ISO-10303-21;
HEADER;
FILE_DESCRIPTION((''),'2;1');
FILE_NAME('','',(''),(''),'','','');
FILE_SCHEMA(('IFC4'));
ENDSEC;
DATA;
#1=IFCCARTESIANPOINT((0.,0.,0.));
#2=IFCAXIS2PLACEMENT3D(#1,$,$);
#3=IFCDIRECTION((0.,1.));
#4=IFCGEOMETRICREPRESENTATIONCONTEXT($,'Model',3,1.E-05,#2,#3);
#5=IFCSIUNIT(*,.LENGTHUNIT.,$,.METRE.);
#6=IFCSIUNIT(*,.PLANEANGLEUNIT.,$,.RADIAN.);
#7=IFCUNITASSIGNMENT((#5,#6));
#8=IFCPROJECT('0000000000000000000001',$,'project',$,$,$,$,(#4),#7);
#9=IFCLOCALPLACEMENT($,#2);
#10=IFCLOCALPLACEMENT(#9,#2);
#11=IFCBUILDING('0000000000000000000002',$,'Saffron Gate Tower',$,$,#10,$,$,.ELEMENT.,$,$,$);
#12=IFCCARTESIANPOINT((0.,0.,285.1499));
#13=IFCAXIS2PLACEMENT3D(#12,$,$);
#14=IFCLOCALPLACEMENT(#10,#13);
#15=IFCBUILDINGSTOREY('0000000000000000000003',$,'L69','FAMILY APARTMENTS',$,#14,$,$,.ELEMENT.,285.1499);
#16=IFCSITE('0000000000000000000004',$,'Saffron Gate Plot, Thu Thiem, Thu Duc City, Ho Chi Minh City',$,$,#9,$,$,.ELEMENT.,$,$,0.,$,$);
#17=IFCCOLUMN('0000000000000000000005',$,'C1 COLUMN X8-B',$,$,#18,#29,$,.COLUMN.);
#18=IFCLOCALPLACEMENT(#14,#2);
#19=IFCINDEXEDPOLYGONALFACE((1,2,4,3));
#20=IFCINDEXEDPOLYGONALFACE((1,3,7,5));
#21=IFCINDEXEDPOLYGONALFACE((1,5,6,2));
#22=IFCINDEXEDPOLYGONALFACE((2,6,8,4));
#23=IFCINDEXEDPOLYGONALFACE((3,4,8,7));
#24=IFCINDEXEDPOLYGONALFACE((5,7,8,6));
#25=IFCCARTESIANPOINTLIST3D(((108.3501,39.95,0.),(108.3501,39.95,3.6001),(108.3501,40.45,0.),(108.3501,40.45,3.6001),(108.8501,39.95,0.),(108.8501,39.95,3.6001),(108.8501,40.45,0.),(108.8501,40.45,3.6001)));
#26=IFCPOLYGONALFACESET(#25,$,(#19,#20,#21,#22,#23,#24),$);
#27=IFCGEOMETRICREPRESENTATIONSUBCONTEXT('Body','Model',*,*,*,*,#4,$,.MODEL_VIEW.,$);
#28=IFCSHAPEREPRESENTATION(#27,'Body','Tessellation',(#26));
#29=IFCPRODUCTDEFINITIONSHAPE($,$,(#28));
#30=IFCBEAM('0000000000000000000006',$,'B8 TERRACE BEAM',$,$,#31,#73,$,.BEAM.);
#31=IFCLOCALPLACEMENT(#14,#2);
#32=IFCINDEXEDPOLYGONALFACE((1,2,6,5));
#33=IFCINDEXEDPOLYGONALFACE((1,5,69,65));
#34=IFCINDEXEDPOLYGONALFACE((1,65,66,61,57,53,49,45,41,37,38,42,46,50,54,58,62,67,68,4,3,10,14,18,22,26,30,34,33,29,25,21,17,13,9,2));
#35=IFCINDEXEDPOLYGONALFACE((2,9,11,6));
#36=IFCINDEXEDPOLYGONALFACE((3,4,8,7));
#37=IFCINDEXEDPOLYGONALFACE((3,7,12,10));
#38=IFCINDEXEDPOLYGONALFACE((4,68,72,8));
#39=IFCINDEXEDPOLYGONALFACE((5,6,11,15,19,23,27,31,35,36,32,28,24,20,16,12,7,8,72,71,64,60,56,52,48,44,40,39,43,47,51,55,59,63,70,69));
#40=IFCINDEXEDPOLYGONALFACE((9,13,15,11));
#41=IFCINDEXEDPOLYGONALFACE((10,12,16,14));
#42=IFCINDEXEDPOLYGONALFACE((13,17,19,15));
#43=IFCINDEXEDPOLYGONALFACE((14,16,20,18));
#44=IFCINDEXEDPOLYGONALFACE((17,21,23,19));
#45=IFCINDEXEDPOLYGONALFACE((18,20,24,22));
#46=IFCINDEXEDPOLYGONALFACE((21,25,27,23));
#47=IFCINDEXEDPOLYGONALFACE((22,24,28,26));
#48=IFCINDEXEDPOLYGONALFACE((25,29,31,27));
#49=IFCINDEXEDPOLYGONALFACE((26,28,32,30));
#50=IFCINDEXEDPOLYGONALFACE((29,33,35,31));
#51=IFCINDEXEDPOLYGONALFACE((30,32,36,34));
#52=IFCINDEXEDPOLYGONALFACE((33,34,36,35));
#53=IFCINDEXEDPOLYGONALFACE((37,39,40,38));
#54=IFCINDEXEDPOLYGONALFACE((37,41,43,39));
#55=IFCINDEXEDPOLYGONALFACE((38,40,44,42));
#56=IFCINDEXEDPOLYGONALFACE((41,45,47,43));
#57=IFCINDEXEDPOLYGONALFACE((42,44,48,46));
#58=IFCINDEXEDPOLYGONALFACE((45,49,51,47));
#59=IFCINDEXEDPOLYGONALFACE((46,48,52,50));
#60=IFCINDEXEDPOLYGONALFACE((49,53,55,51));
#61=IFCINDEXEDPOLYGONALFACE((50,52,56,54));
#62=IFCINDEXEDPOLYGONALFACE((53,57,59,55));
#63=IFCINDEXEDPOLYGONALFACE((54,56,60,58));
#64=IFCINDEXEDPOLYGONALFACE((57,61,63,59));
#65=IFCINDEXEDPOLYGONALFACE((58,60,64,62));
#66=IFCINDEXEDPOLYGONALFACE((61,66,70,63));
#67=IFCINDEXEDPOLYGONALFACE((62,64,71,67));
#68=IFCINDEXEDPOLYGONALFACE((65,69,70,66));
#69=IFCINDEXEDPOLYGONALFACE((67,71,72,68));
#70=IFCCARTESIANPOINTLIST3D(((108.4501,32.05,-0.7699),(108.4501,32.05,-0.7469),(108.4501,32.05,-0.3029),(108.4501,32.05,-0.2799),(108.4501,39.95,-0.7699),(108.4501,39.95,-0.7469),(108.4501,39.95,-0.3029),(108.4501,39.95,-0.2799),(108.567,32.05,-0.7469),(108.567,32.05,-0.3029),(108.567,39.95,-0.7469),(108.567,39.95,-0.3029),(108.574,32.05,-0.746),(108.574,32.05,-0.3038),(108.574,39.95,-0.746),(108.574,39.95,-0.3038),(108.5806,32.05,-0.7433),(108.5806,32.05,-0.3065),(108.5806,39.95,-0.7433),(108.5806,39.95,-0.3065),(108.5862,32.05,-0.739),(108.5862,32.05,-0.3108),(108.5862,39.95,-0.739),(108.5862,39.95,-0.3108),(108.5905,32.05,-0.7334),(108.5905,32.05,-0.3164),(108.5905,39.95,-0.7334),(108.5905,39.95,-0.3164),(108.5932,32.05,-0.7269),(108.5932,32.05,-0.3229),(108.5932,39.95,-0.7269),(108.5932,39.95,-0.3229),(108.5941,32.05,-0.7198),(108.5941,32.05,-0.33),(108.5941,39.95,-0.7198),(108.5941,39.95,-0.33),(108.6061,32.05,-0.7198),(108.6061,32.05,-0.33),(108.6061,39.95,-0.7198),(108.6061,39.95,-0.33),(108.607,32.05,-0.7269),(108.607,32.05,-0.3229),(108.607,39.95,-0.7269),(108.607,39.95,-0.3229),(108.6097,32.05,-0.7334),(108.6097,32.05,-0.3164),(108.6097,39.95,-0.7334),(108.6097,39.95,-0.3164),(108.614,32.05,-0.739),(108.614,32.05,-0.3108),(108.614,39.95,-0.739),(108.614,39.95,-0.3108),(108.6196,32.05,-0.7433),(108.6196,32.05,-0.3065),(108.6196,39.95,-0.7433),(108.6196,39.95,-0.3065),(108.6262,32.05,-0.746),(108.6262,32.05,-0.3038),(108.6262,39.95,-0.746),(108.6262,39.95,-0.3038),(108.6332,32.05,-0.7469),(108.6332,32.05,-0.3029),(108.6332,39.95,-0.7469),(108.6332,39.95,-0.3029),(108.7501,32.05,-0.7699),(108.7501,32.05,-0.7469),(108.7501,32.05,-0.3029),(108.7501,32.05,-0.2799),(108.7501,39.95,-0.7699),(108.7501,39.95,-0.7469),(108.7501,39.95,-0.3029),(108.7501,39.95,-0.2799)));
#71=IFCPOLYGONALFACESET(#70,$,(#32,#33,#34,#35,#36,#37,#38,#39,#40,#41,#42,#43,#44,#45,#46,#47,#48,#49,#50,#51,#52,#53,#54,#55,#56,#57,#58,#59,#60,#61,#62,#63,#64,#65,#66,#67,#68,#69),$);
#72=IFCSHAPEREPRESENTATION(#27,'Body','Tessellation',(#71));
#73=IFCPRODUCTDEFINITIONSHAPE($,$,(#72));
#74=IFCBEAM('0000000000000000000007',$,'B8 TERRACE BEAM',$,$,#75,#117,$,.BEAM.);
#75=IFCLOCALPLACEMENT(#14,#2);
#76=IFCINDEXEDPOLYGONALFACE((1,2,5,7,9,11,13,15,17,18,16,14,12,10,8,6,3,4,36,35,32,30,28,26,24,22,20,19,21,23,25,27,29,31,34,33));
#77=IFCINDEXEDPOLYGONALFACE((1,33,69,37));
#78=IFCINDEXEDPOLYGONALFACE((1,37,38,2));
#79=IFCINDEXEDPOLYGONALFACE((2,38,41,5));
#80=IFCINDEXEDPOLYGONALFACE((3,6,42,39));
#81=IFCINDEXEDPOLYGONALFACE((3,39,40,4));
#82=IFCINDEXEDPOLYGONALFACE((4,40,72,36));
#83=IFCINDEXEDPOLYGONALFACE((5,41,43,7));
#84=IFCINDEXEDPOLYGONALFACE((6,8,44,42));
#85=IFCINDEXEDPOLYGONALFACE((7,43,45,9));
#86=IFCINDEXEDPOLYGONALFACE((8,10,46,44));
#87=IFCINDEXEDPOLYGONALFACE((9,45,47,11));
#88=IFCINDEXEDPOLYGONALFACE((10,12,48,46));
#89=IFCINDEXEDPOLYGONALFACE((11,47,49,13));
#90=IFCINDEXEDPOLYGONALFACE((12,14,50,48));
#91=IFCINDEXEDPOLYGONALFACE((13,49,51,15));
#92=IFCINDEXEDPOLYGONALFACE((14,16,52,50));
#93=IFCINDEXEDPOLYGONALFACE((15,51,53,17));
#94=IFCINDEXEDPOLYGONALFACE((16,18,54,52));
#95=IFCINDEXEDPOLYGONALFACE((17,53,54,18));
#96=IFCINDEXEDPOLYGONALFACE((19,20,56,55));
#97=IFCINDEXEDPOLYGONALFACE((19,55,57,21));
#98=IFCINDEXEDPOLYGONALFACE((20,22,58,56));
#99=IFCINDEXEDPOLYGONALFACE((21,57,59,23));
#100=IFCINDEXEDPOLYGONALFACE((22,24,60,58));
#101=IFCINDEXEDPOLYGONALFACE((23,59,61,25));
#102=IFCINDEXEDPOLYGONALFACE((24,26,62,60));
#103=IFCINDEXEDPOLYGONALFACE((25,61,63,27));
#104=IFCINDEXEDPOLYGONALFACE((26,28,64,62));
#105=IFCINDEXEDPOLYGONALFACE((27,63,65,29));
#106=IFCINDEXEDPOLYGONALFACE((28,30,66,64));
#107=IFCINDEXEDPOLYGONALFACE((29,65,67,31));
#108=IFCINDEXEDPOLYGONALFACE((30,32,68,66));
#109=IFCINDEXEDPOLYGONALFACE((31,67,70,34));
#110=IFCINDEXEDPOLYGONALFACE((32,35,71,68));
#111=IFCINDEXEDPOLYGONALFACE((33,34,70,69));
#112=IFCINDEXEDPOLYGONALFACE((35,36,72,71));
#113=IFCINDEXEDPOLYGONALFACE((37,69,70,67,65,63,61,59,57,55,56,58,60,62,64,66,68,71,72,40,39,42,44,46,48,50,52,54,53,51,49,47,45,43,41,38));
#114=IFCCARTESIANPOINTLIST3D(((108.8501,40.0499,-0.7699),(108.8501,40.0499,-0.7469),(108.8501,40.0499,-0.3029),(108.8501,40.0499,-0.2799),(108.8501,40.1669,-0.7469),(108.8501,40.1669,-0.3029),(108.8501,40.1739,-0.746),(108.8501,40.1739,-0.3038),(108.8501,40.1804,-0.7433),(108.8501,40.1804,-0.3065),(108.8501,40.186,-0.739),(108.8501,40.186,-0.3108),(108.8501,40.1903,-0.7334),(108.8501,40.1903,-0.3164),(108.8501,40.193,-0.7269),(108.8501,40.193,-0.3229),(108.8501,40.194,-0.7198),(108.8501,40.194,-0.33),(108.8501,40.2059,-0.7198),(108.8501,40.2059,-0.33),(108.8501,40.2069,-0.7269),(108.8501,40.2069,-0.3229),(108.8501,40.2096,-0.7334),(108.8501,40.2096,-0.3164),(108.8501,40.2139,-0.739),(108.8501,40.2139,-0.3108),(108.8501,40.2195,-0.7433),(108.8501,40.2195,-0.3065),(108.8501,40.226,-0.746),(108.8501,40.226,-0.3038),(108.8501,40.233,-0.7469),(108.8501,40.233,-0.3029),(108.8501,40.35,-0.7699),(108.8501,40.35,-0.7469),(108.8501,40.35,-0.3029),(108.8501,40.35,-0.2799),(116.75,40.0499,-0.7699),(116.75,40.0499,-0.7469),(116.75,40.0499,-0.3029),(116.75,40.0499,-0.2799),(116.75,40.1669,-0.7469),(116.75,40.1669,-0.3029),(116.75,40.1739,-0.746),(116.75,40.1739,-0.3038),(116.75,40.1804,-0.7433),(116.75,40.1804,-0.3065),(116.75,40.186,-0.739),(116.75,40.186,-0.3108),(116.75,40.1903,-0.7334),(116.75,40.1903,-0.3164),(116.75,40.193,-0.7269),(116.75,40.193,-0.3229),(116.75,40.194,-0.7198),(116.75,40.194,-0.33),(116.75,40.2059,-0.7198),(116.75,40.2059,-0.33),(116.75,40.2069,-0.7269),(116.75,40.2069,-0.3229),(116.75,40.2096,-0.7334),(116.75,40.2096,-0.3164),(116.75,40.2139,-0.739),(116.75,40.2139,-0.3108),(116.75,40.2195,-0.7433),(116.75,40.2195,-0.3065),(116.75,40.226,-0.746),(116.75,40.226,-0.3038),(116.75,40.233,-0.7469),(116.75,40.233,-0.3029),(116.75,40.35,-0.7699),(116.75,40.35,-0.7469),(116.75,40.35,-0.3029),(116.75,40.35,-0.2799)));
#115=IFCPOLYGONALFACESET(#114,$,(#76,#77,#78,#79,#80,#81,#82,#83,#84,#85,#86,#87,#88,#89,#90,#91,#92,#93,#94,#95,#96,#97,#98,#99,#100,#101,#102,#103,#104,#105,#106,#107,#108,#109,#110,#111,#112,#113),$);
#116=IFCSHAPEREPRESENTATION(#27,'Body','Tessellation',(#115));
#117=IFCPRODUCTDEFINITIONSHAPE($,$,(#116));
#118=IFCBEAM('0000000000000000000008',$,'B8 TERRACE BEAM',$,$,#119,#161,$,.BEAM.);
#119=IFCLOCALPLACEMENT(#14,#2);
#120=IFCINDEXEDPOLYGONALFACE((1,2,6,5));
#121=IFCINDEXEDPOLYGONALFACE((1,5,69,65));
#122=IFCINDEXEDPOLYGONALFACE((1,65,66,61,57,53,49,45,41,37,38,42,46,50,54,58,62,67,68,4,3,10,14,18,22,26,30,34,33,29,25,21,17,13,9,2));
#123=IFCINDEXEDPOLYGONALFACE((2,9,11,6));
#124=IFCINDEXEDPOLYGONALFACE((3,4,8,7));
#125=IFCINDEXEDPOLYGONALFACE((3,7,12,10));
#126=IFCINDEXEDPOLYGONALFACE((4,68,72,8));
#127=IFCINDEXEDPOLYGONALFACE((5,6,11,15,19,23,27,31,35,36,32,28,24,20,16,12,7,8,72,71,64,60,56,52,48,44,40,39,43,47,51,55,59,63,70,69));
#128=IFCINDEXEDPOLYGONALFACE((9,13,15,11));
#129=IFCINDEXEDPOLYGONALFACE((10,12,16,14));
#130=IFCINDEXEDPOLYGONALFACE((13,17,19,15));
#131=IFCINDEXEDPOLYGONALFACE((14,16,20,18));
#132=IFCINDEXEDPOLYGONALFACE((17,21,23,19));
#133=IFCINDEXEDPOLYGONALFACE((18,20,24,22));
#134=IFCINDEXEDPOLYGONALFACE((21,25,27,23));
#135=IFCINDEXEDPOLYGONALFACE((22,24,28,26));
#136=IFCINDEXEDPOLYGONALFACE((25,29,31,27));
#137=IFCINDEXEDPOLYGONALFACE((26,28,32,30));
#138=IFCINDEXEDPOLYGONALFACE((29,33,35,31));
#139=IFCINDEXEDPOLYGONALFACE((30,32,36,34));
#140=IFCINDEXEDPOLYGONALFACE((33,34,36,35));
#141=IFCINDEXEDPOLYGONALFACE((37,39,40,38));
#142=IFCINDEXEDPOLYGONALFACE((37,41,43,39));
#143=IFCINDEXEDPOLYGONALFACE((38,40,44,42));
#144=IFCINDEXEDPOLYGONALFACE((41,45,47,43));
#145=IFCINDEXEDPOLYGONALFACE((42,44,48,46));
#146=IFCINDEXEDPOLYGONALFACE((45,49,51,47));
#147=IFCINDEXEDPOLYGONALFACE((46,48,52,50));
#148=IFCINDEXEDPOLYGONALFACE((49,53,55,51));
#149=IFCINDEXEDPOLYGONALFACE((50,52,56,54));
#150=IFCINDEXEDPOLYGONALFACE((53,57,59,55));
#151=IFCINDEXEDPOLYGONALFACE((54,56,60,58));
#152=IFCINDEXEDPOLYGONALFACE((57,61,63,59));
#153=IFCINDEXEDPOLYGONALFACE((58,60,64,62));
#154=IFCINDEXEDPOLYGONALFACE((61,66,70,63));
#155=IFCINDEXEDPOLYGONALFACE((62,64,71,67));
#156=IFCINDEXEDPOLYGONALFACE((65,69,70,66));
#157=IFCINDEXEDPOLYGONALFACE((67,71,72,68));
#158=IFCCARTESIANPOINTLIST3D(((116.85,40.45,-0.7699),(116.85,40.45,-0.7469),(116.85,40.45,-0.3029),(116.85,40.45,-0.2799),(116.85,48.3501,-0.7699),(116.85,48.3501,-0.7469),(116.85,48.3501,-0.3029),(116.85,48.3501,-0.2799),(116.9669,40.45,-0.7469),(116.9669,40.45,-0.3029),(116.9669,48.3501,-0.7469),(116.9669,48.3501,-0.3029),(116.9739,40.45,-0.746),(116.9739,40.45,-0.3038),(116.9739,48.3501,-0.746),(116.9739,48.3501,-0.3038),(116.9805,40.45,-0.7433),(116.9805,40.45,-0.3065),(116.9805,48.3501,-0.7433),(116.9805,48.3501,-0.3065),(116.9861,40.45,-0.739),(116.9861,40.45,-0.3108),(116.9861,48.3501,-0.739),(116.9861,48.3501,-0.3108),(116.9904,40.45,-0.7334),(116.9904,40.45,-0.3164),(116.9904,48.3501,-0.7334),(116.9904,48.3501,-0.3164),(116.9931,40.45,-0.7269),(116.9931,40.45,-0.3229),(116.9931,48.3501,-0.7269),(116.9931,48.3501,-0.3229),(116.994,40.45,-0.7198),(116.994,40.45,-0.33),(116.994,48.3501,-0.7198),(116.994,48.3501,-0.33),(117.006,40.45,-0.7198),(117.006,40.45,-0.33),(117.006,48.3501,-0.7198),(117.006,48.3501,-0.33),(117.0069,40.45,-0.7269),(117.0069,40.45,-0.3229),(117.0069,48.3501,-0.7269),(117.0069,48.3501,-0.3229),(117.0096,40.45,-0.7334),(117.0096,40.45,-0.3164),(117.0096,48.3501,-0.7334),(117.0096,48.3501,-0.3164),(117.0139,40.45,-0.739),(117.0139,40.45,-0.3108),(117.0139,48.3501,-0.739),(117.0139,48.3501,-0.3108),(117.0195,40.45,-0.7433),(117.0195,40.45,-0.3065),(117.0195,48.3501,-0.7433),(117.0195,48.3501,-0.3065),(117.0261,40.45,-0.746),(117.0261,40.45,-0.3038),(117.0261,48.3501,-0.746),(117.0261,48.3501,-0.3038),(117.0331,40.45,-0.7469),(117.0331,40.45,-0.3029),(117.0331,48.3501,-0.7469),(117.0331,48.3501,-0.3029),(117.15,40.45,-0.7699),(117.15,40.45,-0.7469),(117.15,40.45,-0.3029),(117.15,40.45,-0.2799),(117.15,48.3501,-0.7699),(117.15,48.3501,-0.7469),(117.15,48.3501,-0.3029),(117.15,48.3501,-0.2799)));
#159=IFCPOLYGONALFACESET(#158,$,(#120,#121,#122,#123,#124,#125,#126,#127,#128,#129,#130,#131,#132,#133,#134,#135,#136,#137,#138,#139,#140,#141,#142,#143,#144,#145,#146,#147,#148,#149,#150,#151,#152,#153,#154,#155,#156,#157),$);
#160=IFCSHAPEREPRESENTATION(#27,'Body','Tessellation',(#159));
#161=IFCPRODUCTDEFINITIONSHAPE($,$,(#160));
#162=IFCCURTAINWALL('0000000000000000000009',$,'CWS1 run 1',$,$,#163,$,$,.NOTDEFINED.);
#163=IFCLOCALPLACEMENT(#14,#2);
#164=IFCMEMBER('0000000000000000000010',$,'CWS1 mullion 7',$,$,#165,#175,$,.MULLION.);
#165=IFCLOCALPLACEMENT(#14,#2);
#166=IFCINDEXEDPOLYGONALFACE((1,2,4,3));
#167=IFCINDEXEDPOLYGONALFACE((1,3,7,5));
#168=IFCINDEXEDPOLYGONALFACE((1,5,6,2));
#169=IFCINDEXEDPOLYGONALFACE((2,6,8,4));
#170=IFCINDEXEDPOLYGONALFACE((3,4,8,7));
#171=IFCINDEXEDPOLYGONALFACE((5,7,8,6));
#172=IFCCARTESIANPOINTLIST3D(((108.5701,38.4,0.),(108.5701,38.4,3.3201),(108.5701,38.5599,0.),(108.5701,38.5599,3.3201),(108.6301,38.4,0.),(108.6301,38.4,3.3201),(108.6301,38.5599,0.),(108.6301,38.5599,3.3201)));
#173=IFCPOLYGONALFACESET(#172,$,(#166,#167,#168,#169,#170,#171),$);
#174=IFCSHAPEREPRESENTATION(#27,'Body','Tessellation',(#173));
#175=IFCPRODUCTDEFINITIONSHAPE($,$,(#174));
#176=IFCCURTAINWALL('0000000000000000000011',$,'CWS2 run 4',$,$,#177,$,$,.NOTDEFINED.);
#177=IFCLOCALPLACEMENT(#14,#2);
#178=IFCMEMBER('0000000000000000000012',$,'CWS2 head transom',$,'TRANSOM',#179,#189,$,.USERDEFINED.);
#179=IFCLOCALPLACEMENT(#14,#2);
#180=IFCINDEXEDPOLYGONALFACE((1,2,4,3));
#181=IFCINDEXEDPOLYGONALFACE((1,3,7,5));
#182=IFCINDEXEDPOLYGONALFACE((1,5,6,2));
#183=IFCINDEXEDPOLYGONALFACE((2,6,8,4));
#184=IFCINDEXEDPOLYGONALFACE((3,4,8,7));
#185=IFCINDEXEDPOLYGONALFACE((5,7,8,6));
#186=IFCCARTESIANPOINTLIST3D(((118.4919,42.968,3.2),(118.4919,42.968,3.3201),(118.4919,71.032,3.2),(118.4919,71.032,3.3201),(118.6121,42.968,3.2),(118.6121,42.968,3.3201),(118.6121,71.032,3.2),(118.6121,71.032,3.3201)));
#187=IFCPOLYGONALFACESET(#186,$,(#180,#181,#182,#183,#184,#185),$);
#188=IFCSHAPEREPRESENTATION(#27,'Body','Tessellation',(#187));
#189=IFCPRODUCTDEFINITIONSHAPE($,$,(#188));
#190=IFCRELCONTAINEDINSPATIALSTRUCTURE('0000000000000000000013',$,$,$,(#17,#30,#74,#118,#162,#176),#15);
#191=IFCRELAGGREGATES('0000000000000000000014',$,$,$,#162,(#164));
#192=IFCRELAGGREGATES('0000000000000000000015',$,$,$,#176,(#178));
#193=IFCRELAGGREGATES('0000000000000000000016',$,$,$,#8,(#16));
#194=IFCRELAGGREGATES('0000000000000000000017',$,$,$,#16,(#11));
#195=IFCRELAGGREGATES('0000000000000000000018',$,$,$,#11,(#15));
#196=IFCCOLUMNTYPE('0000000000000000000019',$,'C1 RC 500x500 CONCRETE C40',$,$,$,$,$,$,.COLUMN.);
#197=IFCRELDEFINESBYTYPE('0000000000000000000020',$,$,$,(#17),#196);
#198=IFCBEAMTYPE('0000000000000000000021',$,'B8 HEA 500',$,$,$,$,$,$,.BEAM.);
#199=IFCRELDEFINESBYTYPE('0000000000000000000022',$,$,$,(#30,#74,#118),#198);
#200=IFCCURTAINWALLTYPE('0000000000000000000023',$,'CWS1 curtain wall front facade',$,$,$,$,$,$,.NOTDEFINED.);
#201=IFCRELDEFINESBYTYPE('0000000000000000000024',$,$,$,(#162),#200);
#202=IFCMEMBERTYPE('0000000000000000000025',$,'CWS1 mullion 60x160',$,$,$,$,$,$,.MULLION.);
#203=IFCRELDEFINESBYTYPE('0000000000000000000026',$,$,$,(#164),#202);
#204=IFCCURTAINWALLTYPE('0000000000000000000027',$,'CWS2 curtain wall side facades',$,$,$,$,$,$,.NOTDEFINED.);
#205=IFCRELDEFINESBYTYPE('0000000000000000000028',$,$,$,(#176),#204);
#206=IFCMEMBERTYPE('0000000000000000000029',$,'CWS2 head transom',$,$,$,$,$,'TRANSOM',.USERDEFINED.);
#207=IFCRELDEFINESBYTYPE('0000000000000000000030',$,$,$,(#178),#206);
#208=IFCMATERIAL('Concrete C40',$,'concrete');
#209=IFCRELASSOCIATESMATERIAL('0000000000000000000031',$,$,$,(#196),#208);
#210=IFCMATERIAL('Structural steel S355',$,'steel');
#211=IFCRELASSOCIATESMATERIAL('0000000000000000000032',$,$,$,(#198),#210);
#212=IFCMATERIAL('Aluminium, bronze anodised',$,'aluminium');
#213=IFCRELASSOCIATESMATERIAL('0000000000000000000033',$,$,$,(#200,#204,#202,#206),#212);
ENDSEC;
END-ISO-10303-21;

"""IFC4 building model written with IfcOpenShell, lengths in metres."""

from ifc_helpers import new_model, si_unit, direction, frame, origin, origin_2d, place, context, subcontext, project, spatial, rectangle, i_section, extrude, material, material_profile, profile_set, type_object, element, aggregate, save


model = new_model("IFC4")

# Units and contexts
model_context = context("Model", 3, precision=1e-05, world=origin(), true_north=direction((0.0, 1.0)))
body_context = subcontext(model_context, "Body", "Model", "MODEL_VIEW")
ifc_project = project(units=[si_unit("LENGTHUNIT", "METRE"), si_unit("PLANEANGLEUNIT", "RADIAN")], contexts=[model_context])

# Site, building, storey
site_placement = place(None, origin())
site = spatial("IfcSite", under=ifc_project, at=site_placement, Name="Saffron Gate Plot, Thu Thiem, Thu Duc City, Ho Chi Minh City", CompositionType="ELEMENT", RefElevation=0.0)
building_placement = place(site_placement, origin())
building = spatial("IfcBuilding", under=site, at=building_placement, Name="Saffron Gate Tower", CompositionType="ELEMENT")
storey_placement = place(building_placement, frame((0.0, 0.0, 285.1499)))
storey = spatial("IfcBuildingStorey", under=building, at=storey_placement, Name="L69", Description="FAMILY APARTMENTS", CompositionType="ELEMENT", Elevation=285.1499)

# Column
ifc_material_1 = material(Name="Concrete C40", Category="concrete")
ifc_material_profile_1 = material_profile(ifc_material_1, rectangle(XDim=0.5, YDim=0.5, at=origin_2d()))
ifc_profile_set_1 = profile_set([ifc_material_profile_1], Name="Concrete C40")
column_type = type_object("IfcColumnType", Name="C1 RC 500x500 CONCRETE C40", PredefinedType="COLUMN", material=ifc_profile_set_1)
column_placement = place(storey_placement, frame((108.6001, 40.2, 0.0), z_axis=(0.0, 0.0, 1.0), x_axis=(1.0, 0.0, 0.0)))
element("IfcColumn", 1, at=column_placement, inside=storey, type_object=column_type, Name="C1 COLUMN X8-B", PredefinedType="COLUMN", context=body_context, shape_type="SweptSolid", body=[
    extrude(rectangle(XDim=0.5, YDim=0.5, at=origin_2d()), origin(), (0.0, 0.0, 1.0), 3.6001),
])

# Beams
ifc_material_2 = material(Name="Structural steel S355", Category="steel")
ifc_material_profile_2 = material_profile(ifc_material_2, i_section(OverallWidth=0.3, OverallDepth=0.49, WebThickness=0.012, FlangeThickness=0.0229, FilletRadius=0.0271, at=origin_2d()))
ifc_profile_set_2 = profile_set([ifc_material_profile_2], Name="Structural steel S355")
beam_type = type_object("IfcBeamType", Name="B8 HEA 500", PredefinedType="BEAM", material=ifc_profile_set_2)
for number, where, z_axis, x_axis, name in (
    (2, (108.6001, 32.05, -0.5249), (0.0, 1.0, 0.0), (-1.0, 0.0, 0.0), "B8 TERRACE BEAM"),
    (3, (108.8501, 40.2, -0.5249), (1.0, 0.0, 0.0), (0.0, 1.0, 0.0), "B8 TERRACE BEAM"),
):
    element("IfcBeam", number, at=place(storey_placement, frame(where, z_axis=z_axis, x_axis=x_axis)), inside=storey, type_object=beam_type, Name=name, PredefinedType="BEAM", context=body_context, shape_type="SweptSolid", body=[
        extrude(i_section(OverallWidth=0.3, OverallDepth=0.49, WebThickness=0.012, FlangeThickness=0.0229, FilletRadius=0.0271, at=origin_2d()), origin(), (0.0, 0.0, 1.0), 7.8999),
    ])
beam_placement = place(storey_placement, frame((117.0, 40.45, -0.5249), z_axis=(0.0, 1.0, 0.0), x_axis=(-1.0, 0.0, 0.0)))
element("IfcBeam", 4, at=beam_placement, inside=storey, type_object=beam_type, Name="B8 TERRACE BEAM", PredefinedType="BEAM", context=body_context, shape_type="SweptSolid", body=[
    extrude(i_section(OverallWidth=0.3, OverallDepth=0.49, WebThickness=0.012, FlangeThickness=0.0229, FilletRadius=0.0271, at=origin_2d()), origin(), (0.0, 0.0, 1.0), 7.9001),
])

# Curtain wall, member
ifc_material_3 = material(Name="Aluminium, bronze anodised", Category="aluminium")
curtain_wall_type_1 = type_object("IfcCurtainWallType", Name="CWS1 curtain wall front facade", PredefinedType="NOTDEFINED", material=ifc_material_3)
curtain_wall_1_placement = place(storey_placement, origin())
curtain_wall_1 = element("IfcCurtainWall", 5, at=curtain_wall_1_placement, inside=storey, type_object=curtain_wall_type_1, Name="CWS1 run 1", PredefinedType="NOTDEFINED")
ifc_material_profile_3 = material_profile(ifc_material_3, rectangle(XDim=0.1599, YDim=0.0601, at=origin_2d()))
ifc_profile_set_3 = profile_set([ifc_material_profile_3], Name="Aluminium, bronze anodised")
member_type_1 = type_object("IfcMemberType", Name="CWS1 mullion 60x160", PredefinedType="MULLION", material=ifc_profile_set_3)
member_1_placement = place(storey_placement, frame((108.6001, 38.48, 0.0), z_axis=(0.0, 0.0, 1.0), x_axis=(0.0, 1.0, 0.0)))
member_1 = element("IfcMember", 6, at=member_1_placement, type_object=member_type_1, Name="CWS1 mullion 7", PredefinedType="MULLION", context=body_context, shape_type="SweptSolid", body=[
    extrude(rectangle(XDim=0.1599, YDim=0.0601, at=origin_2d()), origin(), (0.0, 0.0, 1.0), 3.3201),
])
aggregate(curtain_wall_1, [member_1])

# Curtain wall, member
curtain_wall_type_2 = type_object("IfcCurtainWallType", Name="CWS2 curtain wall side facades", PredefinedType="NOTDEFINED", material=ifc_material_3)
curtain_wall_2_placement = place(storey_placement, origin())
curtain_wall_2 = element("IfcCurtainWall", 7, at=curtain_wall_2_placement, inside=storey, type_object=curtain_wall_type_2, Name="CWS2 run 4", PredefinedType="NOTDEFINED")
ifc_material_profile_4 = material_profile(ifc_material_3, rectangle(XDim=0.1201, YDim=0.1201, at=origin_2d()))
ifc_profile_set_4 = profile_set([ifc_material_profile_4], Name="Aluminium, bronze anodised")
member_type_2 = type_object("IfcMemberType", Name="CWS2 head transom", ElementType="TRANSOM", PredefinedType="USERDEFINED", material=ifc_profile_set_4)
member_2_placement = place(storey_placement, frame((118.552, 42.968, 3.26), z_axis=(0.0, 1.0, 0.0), x_axis=(-1.0, 0.0, 0.0)))
member_2 = element("IfcMember", 8, at=member_2_placement, type_object=member_type_2, Name="CWS2 head transom", ObjectType="TRANSOM", PredefinedType="USERDEFINED", context=body_context, shape_type="SweptSolid", body=[
    extrude(rectangle(XDim=0.1201, YDim=0.1201, at=origin_2d()), origin(), (0.0, 0.0, 1.0), 28.064),
])

aggregate(curtain_wall_2, [member_2])

save(model, "model.ifc")
